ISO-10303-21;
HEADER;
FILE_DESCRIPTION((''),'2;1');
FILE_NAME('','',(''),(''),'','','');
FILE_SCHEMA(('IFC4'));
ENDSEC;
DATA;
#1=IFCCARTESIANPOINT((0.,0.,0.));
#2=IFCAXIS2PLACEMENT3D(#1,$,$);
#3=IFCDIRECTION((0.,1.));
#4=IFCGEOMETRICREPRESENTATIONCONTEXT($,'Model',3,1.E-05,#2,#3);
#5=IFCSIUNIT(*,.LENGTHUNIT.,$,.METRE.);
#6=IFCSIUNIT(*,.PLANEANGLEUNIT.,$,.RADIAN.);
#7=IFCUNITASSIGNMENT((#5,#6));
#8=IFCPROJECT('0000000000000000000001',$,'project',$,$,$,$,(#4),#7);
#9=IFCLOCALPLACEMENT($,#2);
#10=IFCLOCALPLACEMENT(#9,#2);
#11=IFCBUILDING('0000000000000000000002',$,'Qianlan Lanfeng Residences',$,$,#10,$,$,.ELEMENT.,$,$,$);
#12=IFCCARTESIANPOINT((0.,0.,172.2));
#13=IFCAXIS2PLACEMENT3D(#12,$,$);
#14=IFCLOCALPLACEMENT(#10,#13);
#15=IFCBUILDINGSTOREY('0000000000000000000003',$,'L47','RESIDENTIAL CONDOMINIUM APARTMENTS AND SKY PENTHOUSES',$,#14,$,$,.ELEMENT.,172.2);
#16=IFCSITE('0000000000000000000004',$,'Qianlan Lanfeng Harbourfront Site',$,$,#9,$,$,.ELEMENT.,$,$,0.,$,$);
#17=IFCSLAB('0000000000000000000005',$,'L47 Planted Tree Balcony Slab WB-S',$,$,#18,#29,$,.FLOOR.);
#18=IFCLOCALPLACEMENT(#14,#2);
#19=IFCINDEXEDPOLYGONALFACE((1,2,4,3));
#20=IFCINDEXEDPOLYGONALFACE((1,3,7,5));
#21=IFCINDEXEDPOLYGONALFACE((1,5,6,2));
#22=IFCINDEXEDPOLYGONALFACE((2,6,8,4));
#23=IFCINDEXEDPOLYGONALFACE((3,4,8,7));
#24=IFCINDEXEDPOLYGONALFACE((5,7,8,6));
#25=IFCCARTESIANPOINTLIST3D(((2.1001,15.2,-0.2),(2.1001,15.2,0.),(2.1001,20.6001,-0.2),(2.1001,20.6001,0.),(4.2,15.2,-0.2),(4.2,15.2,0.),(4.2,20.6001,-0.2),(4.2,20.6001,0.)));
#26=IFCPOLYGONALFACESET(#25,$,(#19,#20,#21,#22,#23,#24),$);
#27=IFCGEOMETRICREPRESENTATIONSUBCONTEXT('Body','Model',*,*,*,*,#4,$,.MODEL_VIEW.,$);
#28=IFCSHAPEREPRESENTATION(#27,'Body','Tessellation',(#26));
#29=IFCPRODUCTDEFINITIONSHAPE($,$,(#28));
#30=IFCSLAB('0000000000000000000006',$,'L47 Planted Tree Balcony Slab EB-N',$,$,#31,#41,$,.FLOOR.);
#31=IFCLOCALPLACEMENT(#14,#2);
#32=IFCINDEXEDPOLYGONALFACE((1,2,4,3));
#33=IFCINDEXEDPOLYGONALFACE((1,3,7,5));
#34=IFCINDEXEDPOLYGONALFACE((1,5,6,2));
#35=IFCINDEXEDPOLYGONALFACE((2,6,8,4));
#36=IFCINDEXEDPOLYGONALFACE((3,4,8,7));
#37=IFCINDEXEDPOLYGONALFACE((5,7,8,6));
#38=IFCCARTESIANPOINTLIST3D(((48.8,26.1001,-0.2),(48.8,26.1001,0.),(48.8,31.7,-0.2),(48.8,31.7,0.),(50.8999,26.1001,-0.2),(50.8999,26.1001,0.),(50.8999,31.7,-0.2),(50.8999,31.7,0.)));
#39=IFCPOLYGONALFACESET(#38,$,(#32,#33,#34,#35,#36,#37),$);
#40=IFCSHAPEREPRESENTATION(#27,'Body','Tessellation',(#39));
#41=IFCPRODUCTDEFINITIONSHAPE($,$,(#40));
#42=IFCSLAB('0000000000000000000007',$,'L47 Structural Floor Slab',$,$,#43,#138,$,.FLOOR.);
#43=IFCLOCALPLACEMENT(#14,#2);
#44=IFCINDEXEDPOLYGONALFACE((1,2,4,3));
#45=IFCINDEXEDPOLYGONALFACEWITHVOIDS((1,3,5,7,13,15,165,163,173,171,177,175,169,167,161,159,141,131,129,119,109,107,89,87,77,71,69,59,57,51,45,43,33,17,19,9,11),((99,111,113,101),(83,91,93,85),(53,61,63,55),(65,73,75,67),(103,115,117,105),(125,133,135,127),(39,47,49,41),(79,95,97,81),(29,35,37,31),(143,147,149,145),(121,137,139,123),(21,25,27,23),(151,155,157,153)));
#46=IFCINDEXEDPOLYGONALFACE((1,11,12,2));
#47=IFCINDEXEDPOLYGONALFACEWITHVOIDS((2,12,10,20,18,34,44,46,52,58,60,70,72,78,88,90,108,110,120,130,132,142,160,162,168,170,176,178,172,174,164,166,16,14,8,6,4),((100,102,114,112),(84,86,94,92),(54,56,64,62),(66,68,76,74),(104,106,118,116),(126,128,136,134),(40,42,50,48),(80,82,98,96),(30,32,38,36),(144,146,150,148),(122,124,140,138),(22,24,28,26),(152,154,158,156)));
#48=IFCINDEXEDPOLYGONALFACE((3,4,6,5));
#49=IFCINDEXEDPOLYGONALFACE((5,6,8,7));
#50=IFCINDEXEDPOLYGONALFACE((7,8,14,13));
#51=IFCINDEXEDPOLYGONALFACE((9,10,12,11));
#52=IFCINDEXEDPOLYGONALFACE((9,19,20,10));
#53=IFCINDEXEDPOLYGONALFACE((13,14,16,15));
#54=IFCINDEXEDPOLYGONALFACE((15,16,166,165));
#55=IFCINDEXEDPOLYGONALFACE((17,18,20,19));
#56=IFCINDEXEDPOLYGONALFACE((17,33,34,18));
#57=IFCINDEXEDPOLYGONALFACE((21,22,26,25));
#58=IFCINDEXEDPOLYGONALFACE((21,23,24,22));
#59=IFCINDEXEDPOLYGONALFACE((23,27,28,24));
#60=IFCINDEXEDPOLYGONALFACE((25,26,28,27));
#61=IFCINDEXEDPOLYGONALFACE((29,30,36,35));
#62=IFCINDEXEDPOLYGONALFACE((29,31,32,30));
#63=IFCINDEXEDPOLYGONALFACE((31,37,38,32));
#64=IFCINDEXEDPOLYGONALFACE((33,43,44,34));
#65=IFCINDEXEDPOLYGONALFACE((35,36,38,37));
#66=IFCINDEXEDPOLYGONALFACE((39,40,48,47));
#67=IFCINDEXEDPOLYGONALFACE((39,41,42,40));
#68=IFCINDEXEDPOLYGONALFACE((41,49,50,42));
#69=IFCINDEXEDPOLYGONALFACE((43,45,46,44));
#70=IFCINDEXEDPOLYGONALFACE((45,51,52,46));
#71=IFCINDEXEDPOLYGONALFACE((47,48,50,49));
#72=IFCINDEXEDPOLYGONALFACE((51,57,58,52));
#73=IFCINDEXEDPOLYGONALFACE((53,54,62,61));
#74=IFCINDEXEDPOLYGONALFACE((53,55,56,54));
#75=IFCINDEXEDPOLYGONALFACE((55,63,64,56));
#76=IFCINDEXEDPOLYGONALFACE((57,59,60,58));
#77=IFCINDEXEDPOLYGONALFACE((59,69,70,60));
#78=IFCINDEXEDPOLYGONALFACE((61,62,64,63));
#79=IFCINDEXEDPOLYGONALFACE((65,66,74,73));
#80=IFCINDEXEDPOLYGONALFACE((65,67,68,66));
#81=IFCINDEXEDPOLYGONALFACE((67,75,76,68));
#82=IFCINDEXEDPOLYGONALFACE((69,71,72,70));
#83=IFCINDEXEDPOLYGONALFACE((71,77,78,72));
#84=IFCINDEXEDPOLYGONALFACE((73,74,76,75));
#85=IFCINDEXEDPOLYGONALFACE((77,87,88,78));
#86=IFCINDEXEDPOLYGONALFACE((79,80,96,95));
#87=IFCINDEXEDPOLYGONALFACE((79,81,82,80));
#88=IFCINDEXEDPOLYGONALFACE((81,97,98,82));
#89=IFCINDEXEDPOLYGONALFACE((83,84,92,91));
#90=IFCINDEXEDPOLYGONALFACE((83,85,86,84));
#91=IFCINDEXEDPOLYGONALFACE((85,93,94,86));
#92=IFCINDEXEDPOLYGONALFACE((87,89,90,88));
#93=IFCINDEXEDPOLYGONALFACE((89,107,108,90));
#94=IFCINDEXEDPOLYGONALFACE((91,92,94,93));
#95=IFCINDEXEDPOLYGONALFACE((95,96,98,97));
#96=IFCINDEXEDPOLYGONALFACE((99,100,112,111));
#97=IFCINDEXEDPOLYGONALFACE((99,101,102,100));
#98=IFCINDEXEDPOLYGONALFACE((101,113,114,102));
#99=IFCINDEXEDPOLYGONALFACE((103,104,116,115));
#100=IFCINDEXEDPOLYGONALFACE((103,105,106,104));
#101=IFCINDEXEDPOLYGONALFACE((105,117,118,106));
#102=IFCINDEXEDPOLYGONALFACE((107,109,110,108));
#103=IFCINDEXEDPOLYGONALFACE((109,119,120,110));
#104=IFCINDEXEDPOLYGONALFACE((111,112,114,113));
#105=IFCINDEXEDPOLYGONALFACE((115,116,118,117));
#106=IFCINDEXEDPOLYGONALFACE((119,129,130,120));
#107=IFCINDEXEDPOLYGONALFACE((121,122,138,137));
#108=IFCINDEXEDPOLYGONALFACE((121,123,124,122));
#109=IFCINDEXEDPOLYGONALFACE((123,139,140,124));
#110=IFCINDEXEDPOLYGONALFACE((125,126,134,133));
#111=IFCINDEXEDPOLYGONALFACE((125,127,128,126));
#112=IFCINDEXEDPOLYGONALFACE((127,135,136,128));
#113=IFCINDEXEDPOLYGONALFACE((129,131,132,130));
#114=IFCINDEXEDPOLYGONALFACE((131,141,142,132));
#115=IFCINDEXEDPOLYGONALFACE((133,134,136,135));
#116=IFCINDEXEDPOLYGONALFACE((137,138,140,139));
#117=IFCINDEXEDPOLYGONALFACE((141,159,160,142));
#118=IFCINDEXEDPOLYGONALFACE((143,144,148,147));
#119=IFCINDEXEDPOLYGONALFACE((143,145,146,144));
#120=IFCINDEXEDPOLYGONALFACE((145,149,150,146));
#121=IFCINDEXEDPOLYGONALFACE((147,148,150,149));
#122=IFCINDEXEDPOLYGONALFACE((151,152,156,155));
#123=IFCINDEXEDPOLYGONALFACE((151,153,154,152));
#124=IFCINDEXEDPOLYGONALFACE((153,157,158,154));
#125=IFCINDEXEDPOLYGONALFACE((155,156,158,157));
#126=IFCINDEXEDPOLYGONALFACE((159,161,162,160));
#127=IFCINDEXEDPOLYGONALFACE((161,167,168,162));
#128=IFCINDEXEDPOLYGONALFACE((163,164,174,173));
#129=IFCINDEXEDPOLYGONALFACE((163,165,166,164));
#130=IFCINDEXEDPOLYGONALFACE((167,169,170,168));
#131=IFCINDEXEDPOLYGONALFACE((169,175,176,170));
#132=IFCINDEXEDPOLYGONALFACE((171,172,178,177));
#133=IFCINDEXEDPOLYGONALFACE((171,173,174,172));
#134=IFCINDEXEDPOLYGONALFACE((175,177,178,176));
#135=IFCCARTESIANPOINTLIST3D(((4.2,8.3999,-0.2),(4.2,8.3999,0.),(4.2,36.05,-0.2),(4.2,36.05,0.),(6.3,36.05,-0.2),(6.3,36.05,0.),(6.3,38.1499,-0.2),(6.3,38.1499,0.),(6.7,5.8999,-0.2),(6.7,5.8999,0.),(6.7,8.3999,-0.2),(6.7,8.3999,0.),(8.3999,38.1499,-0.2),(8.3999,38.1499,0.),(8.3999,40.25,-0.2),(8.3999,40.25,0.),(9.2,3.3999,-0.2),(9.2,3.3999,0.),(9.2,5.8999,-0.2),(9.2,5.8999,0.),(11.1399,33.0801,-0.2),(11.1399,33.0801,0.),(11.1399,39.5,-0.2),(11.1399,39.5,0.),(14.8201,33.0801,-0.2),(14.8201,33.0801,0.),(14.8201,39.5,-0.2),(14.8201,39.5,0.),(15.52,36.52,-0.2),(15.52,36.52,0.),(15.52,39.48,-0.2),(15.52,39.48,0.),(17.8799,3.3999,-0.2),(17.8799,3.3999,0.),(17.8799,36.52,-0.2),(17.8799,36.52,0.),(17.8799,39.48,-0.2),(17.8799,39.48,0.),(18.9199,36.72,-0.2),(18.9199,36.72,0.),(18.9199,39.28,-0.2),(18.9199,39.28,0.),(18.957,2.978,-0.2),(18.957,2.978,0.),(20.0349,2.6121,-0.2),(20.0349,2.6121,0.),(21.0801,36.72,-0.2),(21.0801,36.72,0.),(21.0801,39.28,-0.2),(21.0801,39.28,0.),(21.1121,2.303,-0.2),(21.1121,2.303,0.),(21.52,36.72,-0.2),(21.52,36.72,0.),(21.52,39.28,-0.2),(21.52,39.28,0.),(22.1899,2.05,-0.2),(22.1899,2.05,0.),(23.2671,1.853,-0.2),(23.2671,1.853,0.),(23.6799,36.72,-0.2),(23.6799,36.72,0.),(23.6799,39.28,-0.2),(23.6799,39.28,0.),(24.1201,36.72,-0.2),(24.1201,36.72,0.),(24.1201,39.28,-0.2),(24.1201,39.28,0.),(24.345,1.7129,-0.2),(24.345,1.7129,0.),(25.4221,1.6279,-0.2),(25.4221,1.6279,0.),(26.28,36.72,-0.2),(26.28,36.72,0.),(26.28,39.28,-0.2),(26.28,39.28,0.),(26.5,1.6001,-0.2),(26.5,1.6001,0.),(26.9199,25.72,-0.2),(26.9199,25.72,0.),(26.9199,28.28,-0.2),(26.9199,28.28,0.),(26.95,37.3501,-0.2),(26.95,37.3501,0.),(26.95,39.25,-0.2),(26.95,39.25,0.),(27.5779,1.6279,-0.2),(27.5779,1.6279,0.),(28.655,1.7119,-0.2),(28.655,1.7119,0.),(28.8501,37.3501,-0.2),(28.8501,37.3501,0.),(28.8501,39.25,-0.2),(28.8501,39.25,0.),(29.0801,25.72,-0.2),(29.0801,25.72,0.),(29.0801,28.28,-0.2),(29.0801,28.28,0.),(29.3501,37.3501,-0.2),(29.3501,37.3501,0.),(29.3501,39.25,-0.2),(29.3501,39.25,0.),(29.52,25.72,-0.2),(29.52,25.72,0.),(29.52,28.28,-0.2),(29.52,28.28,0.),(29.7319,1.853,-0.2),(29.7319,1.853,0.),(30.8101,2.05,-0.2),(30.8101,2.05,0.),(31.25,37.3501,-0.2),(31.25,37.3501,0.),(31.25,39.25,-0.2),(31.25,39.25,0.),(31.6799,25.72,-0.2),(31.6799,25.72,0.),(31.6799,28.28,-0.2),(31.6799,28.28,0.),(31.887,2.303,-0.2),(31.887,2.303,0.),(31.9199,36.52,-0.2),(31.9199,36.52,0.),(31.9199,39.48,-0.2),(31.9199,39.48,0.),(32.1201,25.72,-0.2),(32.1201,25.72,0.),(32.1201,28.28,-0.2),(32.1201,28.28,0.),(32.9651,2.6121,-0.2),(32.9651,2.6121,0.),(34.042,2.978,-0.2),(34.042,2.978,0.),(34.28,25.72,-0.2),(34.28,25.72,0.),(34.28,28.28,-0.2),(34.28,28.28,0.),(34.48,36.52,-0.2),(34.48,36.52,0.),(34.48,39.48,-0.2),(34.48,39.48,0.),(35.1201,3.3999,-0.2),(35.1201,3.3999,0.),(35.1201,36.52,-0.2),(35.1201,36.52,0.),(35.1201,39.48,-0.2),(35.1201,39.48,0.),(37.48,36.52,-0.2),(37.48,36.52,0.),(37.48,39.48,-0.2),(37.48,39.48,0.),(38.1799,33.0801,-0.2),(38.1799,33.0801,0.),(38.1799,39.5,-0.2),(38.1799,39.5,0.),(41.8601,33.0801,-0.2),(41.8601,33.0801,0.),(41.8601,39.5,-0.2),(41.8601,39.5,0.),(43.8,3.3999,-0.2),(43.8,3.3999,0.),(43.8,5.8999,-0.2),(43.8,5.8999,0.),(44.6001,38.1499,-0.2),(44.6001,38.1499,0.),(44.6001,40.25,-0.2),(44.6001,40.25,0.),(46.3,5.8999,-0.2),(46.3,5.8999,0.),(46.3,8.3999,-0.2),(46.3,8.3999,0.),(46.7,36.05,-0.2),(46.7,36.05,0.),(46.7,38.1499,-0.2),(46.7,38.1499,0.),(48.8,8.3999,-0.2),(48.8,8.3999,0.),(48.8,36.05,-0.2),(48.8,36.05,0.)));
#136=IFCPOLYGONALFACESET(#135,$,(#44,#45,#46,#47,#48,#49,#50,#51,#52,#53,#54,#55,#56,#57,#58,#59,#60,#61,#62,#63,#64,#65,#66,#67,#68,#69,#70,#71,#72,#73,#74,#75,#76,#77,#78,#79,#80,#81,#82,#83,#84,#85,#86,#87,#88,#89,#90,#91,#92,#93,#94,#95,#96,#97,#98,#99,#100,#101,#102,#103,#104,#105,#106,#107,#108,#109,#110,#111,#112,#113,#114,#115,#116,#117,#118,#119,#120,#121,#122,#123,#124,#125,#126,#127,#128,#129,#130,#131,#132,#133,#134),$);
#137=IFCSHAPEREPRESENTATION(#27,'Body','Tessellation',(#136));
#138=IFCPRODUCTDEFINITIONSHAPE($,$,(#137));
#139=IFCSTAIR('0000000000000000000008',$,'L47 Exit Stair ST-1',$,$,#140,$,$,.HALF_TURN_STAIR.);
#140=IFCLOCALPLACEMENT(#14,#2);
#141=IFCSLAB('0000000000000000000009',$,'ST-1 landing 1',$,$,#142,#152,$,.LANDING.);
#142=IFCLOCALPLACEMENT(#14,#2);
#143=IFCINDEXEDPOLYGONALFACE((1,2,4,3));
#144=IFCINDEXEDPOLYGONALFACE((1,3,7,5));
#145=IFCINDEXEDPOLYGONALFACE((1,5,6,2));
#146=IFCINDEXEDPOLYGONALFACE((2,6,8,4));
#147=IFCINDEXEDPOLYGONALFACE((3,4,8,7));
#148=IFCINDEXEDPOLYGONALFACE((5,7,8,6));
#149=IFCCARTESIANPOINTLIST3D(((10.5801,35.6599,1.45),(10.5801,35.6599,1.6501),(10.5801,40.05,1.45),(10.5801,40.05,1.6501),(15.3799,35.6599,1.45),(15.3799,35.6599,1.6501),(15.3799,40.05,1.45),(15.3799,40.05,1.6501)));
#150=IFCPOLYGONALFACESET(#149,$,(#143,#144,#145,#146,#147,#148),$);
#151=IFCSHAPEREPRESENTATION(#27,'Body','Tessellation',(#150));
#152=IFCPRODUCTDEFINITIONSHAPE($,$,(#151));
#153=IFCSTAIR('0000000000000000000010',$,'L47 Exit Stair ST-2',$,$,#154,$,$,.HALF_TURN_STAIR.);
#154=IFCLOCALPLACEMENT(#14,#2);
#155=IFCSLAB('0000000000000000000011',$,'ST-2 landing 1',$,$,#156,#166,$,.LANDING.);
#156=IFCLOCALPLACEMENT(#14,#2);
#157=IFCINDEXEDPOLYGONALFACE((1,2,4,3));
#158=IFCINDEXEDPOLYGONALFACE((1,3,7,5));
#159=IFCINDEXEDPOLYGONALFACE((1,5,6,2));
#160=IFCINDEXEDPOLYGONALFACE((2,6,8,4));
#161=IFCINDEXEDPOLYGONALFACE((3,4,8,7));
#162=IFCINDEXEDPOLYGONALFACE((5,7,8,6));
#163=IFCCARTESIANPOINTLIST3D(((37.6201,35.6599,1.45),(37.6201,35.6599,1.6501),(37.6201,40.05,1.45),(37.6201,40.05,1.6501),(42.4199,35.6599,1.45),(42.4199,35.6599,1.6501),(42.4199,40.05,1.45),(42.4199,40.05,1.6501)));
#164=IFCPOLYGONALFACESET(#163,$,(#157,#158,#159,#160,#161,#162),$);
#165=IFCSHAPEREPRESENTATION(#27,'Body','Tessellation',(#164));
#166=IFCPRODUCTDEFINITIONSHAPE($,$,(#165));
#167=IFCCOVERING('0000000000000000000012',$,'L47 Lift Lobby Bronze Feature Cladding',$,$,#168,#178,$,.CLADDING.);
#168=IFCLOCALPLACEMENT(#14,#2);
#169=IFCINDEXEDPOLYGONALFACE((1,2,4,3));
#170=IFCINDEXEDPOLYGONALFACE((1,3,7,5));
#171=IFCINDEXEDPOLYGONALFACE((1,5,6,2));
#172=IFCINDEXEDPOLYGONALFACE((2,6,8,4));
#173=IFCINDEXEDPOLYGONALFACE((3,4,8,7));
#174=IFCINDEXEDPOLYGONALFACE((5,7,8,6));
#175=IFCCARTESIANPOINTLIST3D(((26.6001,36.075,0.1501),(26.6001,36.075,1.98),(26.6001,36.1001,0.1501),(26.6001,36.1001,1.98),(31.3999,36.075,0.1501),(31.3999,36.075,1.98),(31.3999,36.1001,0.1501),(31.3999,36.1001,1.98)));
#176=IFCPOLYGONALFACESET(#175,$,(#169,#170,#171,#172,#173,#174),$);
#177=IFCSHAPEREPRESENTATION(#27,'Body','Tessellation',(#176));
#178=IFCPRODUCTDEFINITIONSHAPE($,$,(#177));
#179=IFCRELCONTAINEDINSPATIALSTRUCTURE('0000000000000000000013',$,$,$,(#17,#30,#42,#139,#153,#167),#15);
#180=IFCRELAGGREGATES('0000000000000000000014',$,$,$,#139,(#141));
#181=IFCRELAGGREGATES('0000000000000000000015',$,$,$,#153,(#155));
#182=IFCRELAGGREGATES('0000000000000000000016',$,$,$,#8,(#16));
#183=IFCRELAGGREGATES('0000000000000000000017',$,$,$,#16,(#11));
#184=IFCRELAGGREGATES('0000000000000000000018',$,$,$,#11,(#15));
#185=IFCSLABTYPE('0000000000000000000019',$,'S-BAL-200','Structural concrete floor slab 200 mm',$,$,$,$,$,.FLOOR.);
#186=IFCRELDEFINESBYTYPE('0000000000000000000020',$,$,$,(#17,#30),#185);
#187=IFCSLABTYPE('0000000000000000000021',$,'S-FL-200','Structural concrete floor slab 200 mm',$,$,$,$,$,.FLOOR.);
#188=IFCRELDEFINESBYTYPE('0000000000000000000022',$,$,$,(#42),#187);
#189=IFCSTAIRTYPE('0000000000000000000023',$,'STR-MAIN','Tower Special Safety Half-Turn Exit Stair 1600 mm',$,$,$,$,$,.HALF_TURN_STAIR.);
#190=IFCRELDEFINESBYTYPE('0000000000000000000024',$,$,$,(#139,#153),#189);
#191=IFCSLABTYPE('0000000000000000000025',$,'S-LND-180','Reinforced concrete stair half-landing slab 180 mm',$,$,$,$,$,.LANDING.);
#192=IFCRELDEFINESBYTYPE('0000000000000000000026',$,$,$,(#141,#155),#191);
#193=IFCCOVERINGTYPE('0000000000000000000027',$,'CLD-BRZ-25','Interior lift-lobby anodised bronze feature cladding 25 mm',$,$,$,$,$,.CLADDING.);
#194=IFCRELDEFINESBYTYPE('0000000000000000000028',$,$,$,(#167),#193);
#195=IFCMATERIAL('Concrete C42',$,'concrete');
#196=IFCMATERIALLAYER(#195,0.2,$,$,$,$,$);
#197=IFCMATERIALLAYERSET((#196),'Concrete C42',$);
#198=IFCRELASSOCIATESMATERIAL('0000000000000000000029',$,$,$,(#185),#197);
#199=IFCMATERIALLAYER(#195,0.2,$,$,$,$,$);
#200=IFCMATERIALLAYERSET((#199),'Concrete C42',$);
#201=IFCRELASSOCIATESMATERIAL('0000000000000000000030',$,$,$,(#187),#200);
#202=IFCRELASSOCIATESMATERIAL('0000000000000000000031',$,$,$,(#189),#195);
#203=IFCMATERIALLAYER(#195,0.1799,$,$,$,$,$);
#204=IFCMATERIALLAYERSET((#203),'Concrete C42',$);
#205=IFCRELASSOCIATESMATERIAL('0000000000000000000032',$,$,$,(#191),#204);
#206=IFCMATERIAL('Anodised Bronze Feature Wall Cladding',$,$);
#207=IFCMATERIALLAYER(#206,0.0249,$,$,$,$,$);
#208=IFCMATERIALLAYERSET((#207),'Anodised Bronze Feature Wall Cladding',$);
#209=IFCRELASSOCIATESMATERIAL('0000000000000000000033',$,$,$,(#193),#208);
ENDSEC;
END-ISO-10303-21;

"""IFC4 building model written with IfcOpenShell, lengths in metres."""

from ifc_helpers import new_model, si_unit, direction, frame, origin, place, context, subcontext, project, spatial, polyline, outline, extrude, material, layer, layer_set, type_object, element, aggregate, save


model = new_model("IFC4")

# Units and contexts
model_context = context("Model", 3, precision=1e-05, world=origin(), true_north=direction((0.0, 1.0)))
body_context = subcontext(model_context, "Body", "Model", "MODEL_VIEW")
ifc_project = project(units=[si_unit("LENGTHUNIT", "METRE"), si_unit("PLANEANGLEUNIT", "RADIAN")], contexts=[model_context])

# Site, building, storey
site_placement = place(None, origin())
site = spatial("IfcSite", under=ifc_project, at=site_placement, Name="Qianlan Lanfeng Harbourfront Site", CompositionType="ELEMENT", RefElevation=0.0)
building_placement = place(site_placement, origin())
building = spatial("IfcBuilding", under=site, at=building_placement, Name="Qianlan Lanfeng Residences", CompositionType="ELEMENT")
storey_placement = place(building_placement, frame((0.0, 0.0, 172.2)))
storey = spatial("IfcBuildingStorey", under=building, at=storey_placement, Name="L47", Description="RESIDENTIAL CONDOMINIUM APARTMENTS AND SKY PENTHOUSES", CompositionType="ELEMENT", Elevation=172.2)

# Slabs
ifc_material_1 = material(Name="Concrete C42", Category="concrete")
ifc_layer_1 = layer(ifc_material_1, 0.2)
ifc_layer_set_1 = layer_set([ifc_layer_1], Name="Concrete C42")
slab_type_1 = type_object("IfcSlabType", Name="S-BAL-200", Description="Structural concrete floor slab 200 mm", PredefinedType="FLOOR", material=ifc_layer_set_1)
slab_1_placement = place(storey_placement, frame((0.0, 0.0, -0.2)))
element("IfcSlab", 1, at=slab_1_placement, inside=storey, type_object=slab_type_1, Name="L47 Planted Tree Balcony Slab WB-S", PredefinedType="FLOOR", context=body_context, shape_type="SweptSolid", body=[
    extrude(outline(polyline([(4.2, 15.2), (4.2, 20.6001), (2.1001, 20.6001), (2.1001, 15.2), (4.2, 15.2)])), origin(), (0.0, 0.0, 1.0), 0.2),
])
slab_2_placement = place(storey_placement, frame((0.0, 0.0, -0.2)))
element("IfcSlab", 2, at=slab_2_placement, inside=storey, type_object=slab_type_1, Name="L47 Planted Tree Balcony Slab EB-N", PredefinedType="FLOOR", context=body_context, shape_type="SweptSolid", body=[
    extrude(outline(polyline([(48.8, 31.7), (48.8, 26.1001), (50.8999, 26.1001), (50.8999, 31.7), (48.8, 31.7)])), origin(), (0.0, 0.0, 1.0), 0.2),
])
ifc_layer_2 = layer(ifc_material_1, 0.2)
ifc_layer_set_2 = layer_set([ifc_layer_2], Name="Concrete C42")
slab_type_2 = type_object("IfcSlabType", Name="S-FL-200", Description="Structural concrete floor slab 200 mm", PredefinedType="FLOOR", material=ifc_layer_set_2)
slab_3_placement = place(storey_placement, frame((0.0, 0.0, -0.2)))
element("IfcSlab", 3, at=slab_3_placement, inside=storey, type_object=slab_type_2, Name="L47 Structural Floor Slab", PredefinedType="FLOOR", context=body_context, shape_type="SweptSolid", body=[
    extrude(outline(polyline([(4.2, 8.3999), (6.7, 8.3999), (6.7, 5.8999), (9.2, 5.8999), (9.2, 3.3999), (17.8799, 3.3999), (18.957, 2.978), (20.0349, 2.6121), (21.1121, 2.303), (22.1899, 2.05), (23.2671, 1.853), (24.345, 1.7129), (25.4221, 1.6279), (26.5, 1.6001), (27.5779, 1.6279), (28.655, 1.7119), (29.7319, 1.853), (30.8101, 2.05), (31.887, 2.303), (32.9651, 2.6121), (34.042, 2.978), (35.1201, 3.3999), (43.8, 3.3999), (43.8, 5.8999), (46.3, 5.8999), (46.3, 8.3999), (48.8, 8.3999), (48.8, 36.05), (46.7, 36.05), (46.7, 38.1499), (44.6001, 38.1499), (44.6001, 40.25), (8.3999, 40.25), (8.3999, 38.1499), (6.3, 38.1499), (6.3, 36.05), (4.2, 36.05), (4.2, 8.3999)]), holes=[polyline([(11.1399, 33.0801), (11.1399, 39.5), (14.8201, 39.5), (14.8201, 33.0801), (11.1399, 33.0801)]), polyline([(38.1799, 33.0801), (38.1799, 39.5), (41.8601, 39.5), (41.8601, 33.0801), (38.1799, 33.0801)]), polyline([(15.52, 36.52), (15.52, 39.48), (17.8799, 39.48), (17.8799, 36.52), (15.52, 36.52)]), polyline([(35.1201, 36.52), (35.1201, 39.48), (37.48, 39.48), (37.48, 36.52), (35.1201, 36.52)]), polyline([(31.9199, 36.52), (31.9199, 39.48), (34.48, 39.48), (34.48, 36.52), (31.9199, 36.52)]), polyline([(26.9199, 25.72), (26.9199, 28.28), (29.0801, 28.28), (29.0801, 25.72), (26.9199, 25.72)]), polyline([(29.52, 25.72), (29.52, 28.28), (31.6799, 28.28), (31.6799, 25.72), (29.52, 25.72)]), polyline([(32.1201, 25.72), (32.1201, 28.28), (34.28, 28.28), (34.28, 25.72), (32.1201, 25.72)]), polyline([(18.9199, 36.72), (18.9199, 39.28), (21.0801, 39.28), (21.0801, 36.72), (18.9199, 36.72)]), polyline([(21.52, 36.72), (21.52, 39.28), (23.6799, 39.28), (23.6799, 36.72), (21.52, 36.72)]), polyline([(24.1201, 36.72), (24.1201, 39.28), (26.28, 39.28), (26.28, 36.72), (24.1201, 36.72)]), polyline([(26.95, 37.3501), (26.95, 39.25), (28.8501, 39.25), (28.8501, 37.3501), (26.95, 37.3501)]), polyline([(29.3501, 37.3501), (29.3501, 39.25), (31.25, 39.25), (31.25, 37.3501), (29.3501, 37.3501)])]), origin(), (0.0, 0.0, 1.0), 0.2),
])

# Stairs, slabs
stair_type = type_object("IfcStairType", Name="STR-MAIN", Description="Tower Special Safety Half-Turn Exit Stair 1600 mm", PredefinedType="HALF_TURN_STAIR", material=ifc_material_1)
stair_1_placement = place(storey_placement, origin())
stair_1 = element("IfcStair", 4, at=stair_1_placement, inside=storey, type_object=stair_type, Name="L47 Exit Stair ST-1", PredefinedType="HALF_TURN_STAIR")
ifc_layer_3 = layer(ifc_material_1, 0.1799)
ifc_layer_set_3 = layer_set([ifc_layer_3], Name="Concrete C42")
slab_type_3 = type_object("IfcSlabType", Name="S-LND-180", Description="Reinforced concrete stair half-landing slab 180 mm", PredefinedType="LANDING", material=ifc_layer_set_3)
slab_4_placement = place(storey_placement, frame((0.0, 0.0, 1.45)))
slab_4 = element("IfcSlab", 5, at=slab_4_placement, type_object=slab_type_3, Name="ST-1 landing 1", PredefinedType="LANDING", context=body_context, shape_type="SweptSolid", body=[
    extrude(outline(polyline([(10.5801, 35.6599), (15.3799, 35.6599), (15.3799, 40.05), (10.5801, 40.05), (10.5801, 35.6599)])), origin(), (0.0, 0.0, 1.0), 0.2002),
])
aggregate(stair_1, [slab_4])
stair_2_placement = place(storey_placement, origin())
stair_2 = element("IfcStair", 6, at=stair_2_placement, inside=storey, type_object=stair_type, Name="L47 Exit Stair ST-2", PredefinedType="HALF_TURN_STAIR")
slab_5_placement = place(storey_placement, frame((0.0, 0.0, 1.45)))
slab_5 = element("IfcSlab", 7, at=slab_5_placement, type_object=slab_type_3, Name="ST-2 landing 1", PredefinedType="LANDING", context=body_context, shape_type="SweptSolid", body=[
    extrude(outline(polyline([(37.6201, 35.6599), (42.4199, 35.6599), (42.4199, 40.05), (37.6201, 40.05), (37.6201, 35.6599)])), origin(), (0.0, 0.0, 1.0), 0.2002),
])
aggregate(stair_2, [slab_5])

# Covering
ifc_material_2 = material(Name="Anodised Bronze Feature Wall Cladding")
ifc_layer_4 = layer(ifc_material_2, 0.0249)
ifc_layer_set_4 = layer_set([ifc_layer_4], Name="Anodised Bronze Feature Wall Cladding")
covering_type_1 = type_object("IfcCoveringType", Name="CLD-BRZ-25", Description="Interior lift-lobby anodised bronze feature cladding 25 mm", PredefinedType="CLADDING", material=ifc_layer_set_4)
covering_1_placement = place(storey_placement, frame((0.0, 0.0, 0.1501)))
element("IfcCovering", 8, at=covering_1_placement, inside=storey, type_object=covering_type_1, Name="L47 Lift Lobby Bronze Feature Cladding", PredefinedType="CLADDING", context=body_context, shape_type="SweptSolid", body=[
    extrude(outline(polyline([(26.6001, 36.075), (31.3999, 36.075), (31.3999, 36.1001), (26.6001, 36.1001), (26.6001, 36.075)])), origin(), (0.0, 0.0, 1.0), 1.8298),
])

save(model, "model.ifc")
